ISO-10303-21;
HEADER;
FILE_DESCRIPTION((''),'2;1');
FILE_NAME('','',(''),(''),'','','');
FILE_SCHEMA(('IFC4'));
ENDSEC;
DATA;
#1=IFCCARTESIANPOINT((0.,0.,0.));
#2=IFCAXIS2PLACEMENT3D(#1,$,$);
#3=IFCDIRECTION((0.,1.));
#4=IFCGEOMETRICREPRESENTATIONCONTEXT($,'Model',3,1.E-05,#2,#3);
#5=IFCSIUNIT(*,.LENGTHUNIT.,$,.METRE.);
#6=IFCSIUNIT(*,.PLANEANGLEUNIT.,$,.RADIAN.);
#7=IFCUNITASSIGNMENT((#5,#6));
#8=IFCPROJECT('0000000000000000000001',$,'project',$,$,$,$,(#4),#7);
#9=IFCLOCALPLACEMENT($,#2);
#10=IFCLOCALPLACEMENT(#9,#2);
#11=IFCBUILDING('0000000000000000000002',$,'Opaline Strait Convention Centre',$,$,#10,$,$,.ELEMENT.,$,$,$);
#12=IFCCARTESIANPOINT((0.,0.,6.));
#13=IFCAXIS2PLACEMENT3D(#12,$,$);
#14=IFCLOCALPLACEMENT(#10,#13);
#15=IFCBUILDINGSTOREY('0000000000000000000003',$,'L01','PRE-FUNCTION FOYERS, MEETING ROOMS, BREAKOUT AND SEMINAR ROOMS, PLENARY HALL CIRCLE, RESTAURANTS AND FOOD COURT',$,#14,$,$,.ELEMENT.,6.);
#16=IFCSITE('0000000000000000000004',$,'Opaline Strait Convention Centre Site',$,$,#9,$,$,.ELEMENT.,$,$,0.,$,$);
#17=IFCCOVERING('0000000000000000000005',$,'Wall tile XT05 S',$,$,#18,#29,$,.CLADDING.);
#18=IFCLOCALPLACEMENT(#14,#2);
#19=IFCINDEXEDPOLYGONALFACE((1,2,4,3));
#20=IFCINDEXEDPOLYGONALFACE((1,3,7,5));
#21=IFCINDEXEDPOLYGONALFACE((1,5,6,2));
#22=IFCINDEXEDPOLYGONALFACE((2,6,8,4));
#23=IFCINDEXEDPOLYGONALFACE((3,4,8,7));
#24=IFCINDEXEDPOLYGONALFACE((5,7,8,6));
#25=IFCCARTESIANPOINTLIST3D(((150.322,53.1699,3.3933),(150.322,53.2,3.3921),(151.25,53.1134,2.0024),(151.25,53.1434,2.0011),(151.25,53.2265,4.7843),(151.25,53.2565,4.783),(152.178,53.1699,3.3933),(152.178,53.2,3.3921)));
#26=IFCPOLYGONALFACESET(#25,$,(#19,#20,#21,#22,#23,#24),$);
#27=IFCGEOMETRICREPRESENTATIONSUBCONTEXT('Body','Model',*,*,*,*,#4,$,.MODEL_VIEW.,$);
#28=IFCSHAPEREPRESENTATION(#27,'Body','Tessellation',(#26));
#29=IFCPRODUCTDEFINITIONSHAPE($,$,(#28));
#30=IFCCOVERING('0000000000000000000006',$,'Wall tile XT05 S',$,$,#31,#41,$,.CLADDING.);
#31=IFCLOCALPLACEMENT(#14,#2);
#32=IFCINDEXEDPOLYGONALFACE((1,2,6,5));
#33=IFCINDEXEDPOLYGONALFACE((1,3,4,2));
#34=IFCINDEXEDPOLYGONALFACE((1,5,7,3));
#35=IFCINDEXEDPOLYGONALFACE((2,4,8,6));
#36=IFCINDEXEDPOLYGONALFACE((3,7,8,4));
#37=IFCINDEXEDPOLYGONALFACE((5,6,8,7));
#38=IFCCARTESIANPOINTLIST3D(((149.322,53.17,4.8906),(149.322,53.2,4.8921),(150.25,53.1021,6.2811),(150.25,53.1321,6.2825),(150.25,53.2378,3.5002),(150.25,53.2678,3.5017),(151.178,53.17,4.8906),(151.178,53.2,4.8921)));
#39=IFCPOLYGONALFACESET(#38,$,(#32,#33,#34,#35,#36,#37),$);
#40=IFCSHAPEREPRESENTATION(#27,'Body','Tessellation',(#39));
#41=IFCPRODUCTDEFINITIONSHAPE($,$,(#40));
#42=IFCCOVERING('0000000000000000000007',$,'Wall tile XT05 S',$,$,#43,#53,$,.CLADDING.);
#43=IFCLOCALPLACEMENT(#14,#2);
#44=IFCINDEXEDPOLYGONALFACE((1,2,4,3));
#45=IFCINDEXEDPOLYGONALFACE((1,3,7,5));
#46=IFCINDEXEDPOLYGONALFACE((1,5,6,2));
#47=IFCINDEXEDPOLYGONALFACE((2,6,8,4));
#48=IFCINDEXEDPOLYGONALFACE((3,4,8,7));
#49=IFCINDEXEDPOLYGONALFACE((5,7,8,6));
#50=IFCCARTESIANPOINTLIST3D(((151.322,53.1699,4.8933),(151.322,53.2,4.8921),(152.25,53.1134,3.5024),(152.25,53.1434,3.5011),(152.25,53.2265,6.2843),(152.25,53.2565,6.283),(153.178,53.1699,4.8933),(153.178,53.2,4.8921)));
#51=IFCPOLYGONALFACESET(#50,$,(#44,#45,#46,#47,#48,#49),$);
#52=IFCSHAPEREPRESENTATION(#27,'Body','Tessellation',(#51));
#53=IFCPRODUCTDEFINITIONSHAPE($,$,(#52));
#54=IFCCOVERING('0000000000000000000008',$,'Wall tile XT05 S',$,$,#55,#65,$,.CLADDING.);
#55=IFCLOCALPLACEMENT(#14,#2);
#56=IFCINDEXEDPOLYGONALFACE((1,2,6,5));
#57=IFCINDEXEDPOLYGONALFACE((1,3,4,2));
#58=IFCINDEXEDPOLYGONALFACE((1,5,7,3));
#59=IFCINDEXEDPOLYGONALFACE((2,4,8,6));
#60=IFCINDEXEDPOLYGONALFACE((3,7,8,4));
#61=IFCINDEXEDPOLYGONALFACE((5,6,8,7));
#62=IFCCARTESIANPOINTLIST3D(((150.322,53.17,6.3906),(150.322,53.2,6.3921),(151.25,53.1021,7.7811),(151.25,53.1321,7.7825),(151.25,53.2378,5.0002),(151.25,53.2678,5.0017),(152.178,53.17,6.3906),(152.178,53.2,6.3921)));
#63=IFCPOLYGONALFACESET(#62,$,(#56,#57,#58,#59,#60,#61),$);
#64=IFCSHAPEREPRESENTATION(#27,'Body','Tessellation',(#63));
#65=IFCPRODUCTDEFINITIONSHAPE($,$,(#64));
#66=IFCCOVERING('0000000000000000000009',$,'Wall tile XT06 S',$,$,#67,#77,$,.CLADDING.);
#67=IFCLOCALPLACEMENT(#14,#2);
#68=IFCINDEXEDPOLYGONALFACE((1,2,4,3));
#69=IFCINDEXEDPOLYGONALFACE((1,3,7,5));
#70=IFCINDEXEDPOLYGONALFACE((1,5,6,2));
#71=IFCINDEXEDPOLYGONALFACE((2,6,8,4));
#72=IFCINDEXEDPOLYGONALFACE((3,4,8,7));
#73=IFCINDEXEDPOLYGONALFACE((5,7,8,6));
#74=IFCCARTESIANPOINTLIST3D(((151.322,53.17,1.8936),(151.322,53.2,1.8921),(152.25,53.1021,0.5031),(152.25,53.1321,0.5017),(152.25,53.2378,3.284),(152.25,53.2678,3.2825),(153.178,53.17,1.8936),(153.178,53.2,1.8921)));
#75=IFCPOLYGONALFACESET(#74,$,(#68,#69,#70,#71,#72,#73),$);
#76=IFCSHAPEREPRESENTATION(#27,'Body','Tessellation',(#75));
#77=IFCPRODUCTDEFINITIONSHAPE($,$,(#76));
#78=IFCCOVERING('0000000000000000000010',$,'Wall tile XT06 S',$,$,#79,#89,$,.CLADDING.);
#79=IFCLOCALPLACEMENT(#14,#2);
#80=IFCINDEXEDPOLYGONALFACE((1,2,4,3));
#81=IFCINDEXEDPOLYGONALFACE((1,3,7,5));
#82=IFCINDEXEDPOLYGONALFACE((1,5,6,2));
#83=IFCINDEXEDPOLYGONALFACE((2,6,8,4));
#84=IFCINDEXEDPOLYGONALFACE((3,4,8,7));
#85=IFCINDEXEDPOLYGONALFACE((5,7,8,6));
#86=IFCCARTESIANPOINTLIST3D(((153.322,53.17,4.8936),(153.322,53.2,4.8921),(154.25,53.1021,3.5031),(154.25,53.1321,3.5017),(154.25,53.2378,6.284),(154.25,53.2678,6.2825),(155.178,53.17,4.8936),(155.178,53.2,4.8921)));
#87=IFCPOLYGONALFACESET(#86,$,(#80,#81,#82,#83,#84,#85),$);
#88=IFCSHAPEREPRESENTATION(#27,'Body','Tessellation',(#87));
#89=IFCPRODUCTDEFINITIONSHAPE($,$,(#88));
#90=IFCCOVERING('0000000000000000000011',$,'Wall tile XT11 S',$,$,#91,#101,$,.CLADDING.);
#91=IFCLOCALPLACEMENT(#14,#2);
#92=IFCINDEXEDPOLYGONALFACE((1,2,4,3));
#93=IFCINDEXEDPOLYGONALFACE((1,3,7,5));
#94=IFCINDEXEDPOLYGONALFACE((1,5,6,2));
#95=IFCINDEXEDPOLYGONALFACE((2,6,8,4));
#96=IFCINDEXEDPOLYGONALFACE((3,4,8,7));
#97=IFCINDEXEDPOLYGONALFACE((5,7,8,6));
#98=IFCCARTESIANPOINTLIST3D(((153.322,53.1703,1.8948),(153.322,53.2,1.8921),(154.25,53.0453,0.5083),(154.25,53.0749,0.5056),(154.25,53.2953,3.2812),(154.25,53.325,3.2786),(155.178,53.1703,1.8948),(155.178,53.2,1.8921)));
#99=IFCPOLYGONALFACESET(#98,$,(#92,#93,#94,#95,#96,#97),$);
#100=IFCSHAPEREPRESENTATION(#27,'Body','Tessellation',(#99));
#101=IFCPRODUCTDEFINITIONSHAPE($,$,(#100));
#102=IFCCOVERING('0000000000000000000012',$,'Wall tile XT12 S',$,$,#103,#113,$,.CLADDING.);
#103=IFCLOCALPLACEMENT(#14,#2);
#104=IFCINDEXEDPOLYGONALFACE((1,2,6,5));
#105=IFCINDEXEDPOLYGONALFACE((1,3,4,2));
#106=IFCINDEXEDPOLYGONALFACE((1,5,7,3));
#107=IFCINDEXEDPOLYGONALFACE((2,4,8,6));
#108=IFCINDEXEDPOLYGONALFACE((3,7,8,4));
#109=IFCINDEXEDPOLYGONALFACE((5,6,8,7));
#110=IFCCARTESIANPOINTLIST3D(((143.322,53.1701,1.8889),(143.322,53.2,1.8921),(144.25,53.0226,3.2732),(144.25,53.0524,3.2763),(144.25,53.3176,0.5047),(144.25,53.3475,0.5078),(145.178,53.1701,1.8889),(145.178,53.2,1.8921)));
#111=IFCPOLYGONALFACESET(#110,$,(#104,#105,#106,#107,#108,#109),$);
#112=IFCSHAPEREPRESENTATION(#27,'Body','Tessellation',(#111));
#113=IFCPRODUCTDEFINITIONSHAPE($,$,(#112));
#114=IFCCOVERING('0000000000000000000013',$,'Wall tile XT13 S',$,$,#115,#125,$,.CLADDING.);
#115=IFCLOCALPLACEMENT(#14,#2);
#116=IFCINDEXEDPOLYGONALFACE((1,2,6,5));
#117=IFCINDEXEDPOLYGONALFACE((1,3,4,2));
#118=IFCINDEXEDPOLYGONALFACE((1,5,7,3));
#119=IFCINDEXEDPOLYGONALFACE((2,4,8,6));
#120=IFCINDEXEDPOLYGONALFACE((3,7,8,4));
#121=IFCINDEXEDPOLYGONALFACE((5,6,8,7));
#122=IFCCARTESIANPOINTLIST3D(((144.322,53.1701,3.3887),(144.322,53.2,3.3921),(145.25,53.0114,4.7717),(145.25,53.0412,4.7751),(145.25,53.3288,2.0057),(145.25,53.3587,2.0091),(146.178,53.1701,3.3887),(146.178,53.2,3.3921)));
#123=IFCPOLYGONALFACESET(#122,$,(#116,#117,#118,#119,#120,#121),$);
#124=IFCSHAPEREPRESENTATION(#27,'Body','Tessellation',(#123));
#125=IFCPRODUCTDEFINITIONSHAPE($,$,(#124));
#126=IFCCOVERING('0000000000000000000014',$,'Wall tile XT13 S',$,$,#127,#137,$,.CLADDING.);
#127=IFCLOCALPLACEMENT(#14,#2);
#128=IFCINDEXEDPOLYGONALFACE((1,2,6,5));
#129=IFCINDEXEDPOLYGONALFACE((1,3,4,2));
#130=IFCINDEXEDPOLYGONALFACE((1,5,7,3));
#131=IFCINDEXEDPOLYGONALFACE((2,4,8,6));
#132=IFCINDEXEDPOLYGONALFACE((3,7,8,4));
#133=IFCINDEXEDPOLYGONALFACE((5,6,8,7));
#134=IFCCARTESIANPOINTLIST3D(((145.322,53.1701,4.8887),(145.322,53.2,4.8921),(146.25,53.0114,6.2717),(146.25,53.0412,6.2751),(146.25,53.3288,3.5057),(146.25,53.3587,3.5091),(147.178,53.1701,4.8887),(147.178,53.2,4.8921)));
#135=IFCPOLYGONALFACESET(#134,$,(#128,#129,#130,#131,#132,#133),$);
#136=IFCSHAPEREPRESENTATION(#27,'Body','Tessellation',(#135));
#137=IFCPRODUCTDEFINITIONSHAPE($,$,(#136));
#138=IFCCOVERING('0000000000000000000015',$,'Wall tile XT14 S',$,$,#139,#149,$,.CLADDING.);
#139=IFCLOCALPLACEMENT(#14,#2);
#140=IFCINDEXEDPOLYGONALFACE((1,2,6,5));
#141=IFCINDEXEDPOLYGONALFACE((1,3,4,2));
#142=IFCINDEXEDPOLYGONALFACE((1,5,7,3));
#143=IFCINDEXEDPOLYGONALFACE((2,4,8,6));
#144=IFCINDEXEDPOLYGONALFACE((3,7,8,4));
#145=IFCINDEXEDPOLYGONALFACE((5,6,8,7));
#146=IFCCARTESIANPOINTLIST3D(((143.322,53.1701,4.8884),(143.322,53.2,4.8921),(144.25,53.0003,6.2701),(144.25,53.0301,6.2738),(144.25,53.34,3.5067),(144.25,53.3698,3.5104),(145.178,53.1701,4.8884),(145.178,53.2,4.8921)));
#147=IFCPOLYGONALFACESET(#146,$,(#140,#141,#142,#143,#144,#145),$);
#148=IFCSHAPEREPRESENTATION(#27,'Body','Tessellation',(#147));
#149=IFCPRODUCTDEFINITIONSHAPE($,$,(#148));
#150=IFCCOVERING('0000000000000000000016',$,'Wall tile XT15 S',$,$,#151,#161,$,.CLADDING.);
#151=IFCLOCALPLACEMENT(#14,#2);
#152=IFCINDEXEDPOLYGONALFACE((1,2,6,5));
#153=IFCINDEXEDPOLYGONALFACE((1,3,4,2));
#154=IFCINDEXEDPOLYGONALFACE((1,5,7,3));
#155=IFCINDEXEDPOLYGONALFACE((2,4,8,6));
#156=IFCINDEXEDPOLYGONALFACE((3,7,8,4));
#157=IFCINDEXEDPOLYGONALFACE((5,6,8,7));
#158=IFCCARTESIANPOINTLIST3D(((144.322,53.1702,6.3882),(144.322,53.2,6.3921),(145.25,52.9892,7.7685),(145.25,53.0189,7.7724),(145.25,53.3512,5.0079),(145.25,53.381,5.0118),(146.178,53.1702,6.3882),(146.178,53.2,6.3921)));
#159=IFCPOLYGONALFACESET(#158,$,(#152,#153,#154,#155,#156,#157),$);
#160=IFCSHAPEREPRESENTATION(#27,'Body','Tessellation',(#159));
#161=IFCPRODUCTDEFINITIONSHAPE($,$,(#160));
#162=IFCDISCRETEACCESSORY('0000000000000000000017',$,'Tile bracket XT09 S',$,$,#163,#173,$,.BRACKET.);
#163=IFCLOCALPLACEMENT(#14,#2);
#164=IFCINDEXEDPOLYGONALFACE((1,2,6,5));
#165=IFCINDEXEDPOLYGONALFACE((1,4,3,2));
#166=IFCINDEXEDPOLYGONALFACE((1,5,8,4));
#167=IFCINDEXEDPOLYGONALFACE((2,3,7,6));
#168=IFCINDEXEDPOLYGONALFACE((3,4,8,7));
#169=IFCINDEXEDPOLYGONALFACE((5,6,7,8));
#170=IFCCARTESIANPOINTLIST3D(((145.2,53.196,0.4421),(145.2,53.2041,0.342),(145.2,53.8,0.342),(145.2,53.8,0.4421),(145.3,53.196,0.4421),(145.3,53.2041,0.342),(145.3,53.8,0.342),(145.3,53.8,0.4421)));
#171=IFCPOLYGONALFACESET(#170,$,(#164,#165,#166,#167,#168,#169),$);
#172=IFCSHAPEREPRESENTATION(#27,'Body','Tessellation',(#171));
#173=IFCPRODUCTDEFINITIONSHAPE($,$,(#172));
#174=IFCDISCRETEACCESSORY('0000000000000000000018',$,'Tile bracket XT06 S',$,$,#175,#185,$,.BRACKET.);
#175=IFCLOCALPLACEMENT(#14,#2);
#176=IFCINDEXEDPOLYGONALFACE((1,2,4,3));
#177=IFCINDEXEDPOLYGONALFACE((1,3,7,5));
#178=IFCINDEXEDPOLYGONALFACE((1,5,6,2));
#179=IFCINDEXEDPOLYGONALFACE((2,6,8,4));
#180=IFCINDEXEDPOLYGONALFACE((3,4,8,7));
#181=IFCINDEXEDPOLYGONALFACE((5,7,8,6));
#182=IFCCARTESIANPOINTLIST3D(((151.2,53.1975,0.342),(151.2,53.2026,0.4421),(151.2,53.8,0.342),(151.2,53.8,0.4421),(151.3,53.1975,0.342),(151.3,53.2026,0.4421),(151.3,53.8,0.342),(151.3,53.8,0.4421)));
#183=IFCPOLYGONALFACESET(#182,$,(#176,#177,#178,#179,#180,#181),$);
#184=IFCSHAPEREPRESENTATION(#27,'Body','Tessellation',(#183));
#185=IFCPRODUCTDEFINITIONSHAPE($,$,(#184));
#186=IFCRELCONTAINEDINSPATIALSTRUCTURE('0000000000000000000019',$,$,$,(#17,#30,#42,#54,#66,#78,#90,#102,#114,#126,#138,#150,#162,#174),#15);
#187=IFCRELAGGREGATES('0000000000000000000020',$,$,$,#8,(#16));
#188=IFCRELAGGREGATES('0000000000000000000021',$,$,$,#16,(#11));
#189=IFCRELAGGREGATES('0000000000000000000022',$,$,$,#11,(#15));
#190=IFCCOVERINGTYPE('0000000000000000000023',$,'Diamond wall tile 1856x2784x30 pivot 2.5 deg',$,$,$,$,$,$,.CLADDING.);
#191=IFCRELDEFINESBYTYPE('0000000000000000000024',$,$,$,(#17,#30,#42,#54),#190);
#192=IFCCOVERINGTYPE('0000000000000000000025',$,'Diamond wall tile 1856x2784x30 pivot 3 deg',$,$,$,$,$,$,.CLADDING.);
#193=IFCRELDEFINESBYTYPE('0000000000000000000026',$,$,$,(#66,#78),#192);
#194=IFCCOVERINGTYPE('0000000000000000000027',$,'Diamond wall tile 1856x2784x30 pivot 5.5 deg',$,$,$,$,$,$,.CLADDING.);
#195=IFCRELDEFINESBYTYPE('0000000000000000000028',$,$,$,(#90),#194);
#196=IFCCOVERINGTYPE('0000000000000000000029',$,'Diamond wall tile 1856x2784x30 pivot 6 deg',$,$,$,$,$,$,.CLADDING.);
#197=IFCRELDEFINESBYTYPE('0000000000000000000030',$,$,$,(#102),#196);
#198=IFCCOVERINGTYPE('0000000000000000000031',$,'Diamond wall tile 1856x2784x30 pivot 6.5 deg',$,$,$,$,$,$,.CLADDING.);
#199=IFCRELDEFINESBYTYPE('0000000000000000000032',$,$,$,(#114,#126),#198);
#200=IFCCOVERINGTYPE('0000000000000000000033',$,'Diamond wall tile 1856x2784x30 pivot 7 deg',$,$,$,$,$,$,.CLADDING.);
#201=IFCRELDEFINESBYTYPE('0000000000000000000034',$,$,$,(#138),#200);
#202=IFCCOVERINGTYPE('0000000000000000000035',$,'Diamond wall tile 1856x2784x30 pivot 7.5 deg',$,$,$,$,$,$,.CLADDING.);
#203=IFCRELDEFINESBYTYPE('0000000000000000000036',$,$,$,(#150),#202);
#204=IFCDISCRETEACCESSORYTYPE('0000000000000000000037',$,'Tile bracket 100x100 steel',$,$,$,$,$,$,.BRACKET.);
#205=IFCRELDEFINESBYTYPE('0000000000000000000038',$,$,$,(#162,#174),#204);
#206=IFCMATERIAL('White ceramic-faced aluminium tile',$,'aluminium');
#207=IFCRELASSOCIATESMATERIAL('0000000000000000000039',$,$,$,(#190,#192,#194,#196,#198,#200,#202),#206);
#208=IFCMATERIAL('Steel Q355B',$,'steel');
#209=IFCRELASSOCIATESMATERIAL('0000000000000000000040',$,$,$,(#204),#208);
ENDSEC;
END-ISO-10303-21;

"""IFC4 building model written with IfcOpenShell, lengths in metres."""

from ifc_helpers import new_model, si_unit, direction, frame, origin, place, context, subcontext, project, spatial, polyline, outline, extrude, material, material_profile, profile_set, type_object, element, save


model = new_model("IFC4")

# Units and contexts
model_context = context("Model", 3, precision=1e-05, world=origin(), true_north=direction((0.0, 1.0)))
body_context = subcontext(model_context, "Body", "Model", "MODEL_VIEW")
ifc_project = project(units=[si_unit("LENGTHUNIT", "METRE"), si_unit("PLANEANGLEUNIT", "RADIAN")], contexts=[model_context])

# Site, building, storey
site_placement = place(None, origin())
site = spatial("IfcSite", under=ifc_project, at=site_placement, Name="Opaline Strait Convention Centre Site", CompositionType="ELEMENT", RefElevation=0.0)
building_placement = place(site_placement, origin())
building = spatial("IfcBuilding", under=site, at=building_placement, Name="Opaline Strait Convention Centre", CompositionType="ELEMENT")
storey_placement = place(building_placement, frame((0.0, 0.0, 6.0)))
storey = spatial("IfcBuildingStorey", under=building, at=storey_placement, Name="L01", Description="PRE-FUNCTION FOYERS, MEETING ROOMS, BREAKOUT AND SEMINAR ROOMS, PLENARY HALL CIRCLE, RESTAURANTS AND FOOD COURT", CompositionType="ELEMENT", Elevation=6.0)

# Coverings
ifc_material_1 = material(Name="White ceramic-faced aluminium tile", Category="aluminium")
ifc_material_profile_1 = material_profile(ifc_material_1, outline(polyline([(0.928, 0.0), (0.0, 1.3921), (-0.928, 0.0), (0.0, -1.3921), (0.928, 0.0)])), Name="Diamond tile 1856x2784")
ifc_profile_set_1 = profile_set([ifc_material_profile_1], Name="White ceramic-faced aluminium tile")
covering_type_1 = type_object("IfcCoveringType", Name="Diamond wall tile 1856x2784x30 pivot 2.5 deg", PredefinedType="CLADDING", material=ifc_profile_set_1)
for number, where, z_axis, x_axis, name in (
    (1, (151.25, 53.2, 3.3921), (0.0, -0.999175, 0.040617), (1.0, 0.0, 0.0), "Wall tile XT05 S"),
    (2, (150.25, 53.2, 4.8921), (0.0, -0.998812, -0.048723), (1.0, 0.0, 0.0), "Wall tile XT05 S"),
    (3, (152.25, 53.2, 4.8921), (0.0, -0.999175, 0.040617), (1.0, 0.0, 0.0), "Wall tile XT05 S"),
    (4, (151.25, 53.2, 6.3921), (0.0, -0.998812, -0.048723), (1.0, 0.0, 0.0), "Wall tile XT05 S"),
):
    element("IfcCovering", number, at=place(storey_placement, frame(where, z_axis=z_axis, x_axis=x_axis)), inside=storey, type_object=covering_type_1, Name=name, PredefinedType="CLADDING", context=body_context, shape_type="SweptSolid", body=[
        extrude(outline(polyline([(0.928, 0.0), (0.0, 1.3921), (-0.928, 0.0), (0.0, -1.3921), (0.928, 0.0)])), origin(), (0.0, 0.0, 1.0), 0.03),
    ])
ifc_material_profile_2 = material_profile(ifc_material_1, outline(polyline([(0.928, 0.0), (0.0, 1.3921), (-0.928, 0.0), (0.0, -1.3921), (0.928, 0.0)])), Name="Diamond tile 1856x2784")
ifc_profile_set_2 = profile_set([ifc_material_profile_2], Name="White ceramic-faced aluminium tile")
covering_type_2 = type_object("IfcCoveringType", Name="Diamond wall tile 1856x2784x30 pivot 3 deg", PredefinedType="CLADDING", material=ifc_profile_set_2)
for number, where, z_axis, x_axis, name in (
    (5, (152.25, 53.2, 1.8921), (0.0, -0.998812, 0.048723), (1.0, 0.0, 0.0), "Wall tile XT06 S"),
    (6, (154.25, 53.2, 4.8921), (0.0, -0.998812, 0.048723), (1.0, 0.0, 0.0), "Wall tile XT06 S"),
):
    element("IfcCovering", number, at=place(storey_placement, frame(where, z_axis=z_axis, x_axis=x_axis)), inside=storey, type_object=covering_type_2, Name=name, PredefinedType="CLADDING", context=body_context, shape_type="SweptSolid", body=[
        extrude(outline(polyline([(0.928, 0.0), (0.0, 1.3921), (-0.928, 0.0), (0.0, -1.3921), (0.928, 0.0)])), origin(), (0.0, 0.0, 1.0), 0.03),
    ])
ifc_material_profile_3 = material_profile(ifc_material_1, outline(polyline([(0.928, 0.0), (0.0, 1.3921), (-0.928, 0.0), (0.0, -1.3921), (0.928, 0.0)])), Name="Diamond tile 1856x2784")
ifc_profile_set_3 = profile_set([ifc_material_profile_3], Name="White ceramic-faced aluminium tile")
covering_type_3 = type_object("IfcCoveringType", Name="Diamond wall tile 1856x2784x30 pivot 5.5 deg", PredefinedType="CLADDING", material=ifc_profile_set_3)
covering_1_placement = place(storey_placement, frame((154.25, 53.2, 1.8921), z_axis=(0.0, -0.99596, 0.0898), x_axis=(1.0, 0.0, 0.0)))
element("IfcCovering", 7, at=covering_1_placement, inside=storey, type_object=covering_type_3, Name="Wall tile XT11 S", PredefinedType="CLADDING", context=body_context, shape_type="SweptSolid", body=[
    extrude(outline(polyline([(0.928, 0.0), (0.0, 1.3921), (-0.928, 0.0), (0.0, -1.3921), (0.928, 0.0)])), origin(), (0.0, 0.0, 1.0), 0.0298),
])
ifc_material_profile_4 = material_profile(ifc_material_1, outline(polyline([(0.928, 0.0), (0.0, 1.3921), (-0.928, 0.0), (0.0, -1.3921), (0.928, 0.0)])), Name="Diamond tile 1856x2784")
ifc_profile_set_4 = profile_set([ifc_material_profile_4], Name="White ceramic-faced aluminium tile")
covering_type_4 = type_object("IfcCoveringType", Name="Diamond wall tile 1856x2784x30 pivot 6 deg", PredefinedType="CLADDING", material=ifc_profile_set_4)
covering_2_placement = place(storey_placement, frame((144.25, 53.2, 1.8921), z_axis=(0.0, -0.994371, -0.105958), x_axis=(1.0, 0.0, 0.0)))
element("IfcCovering", 8, at=covering_2_placement, inside=storey, type_object=covering_type_4, Name="Wall tile XT12 S", PredefinedType="CLADDING", context=body_context, shape_type="SweptSolid", body=[
    extrude(outline(polyline([(0.928, 0.0), (0.0, 1.3921), (-0.928, 0.0), (0.0, -1.3921), (0.928, 0.0)])), origin(), (0.0, 0.0, 1.0), 0.03),
])
ifc_material_profile_5 = material_profile(ifc_material_1, outline(polyline([(0.928, 0.0), (0.0, 1.3921), (-0.928, 0.0), (0.0, -1.3921), (0.928, 0.0)])), Name="Diamond tile 1856x2784")
ifc_profile_set_5 = profile_set([ifc_material_profile_5], Name="White ceramic-faced aluminium tile")
covering_type_5 = type_object("IfcCoveringType", Name="Diamond wall tile 1856x2784x30 pivot 6.5 deg", PredefinedType="CLADDING", material=ifc_profile_set_5)
for number, where, z_axis, x_axis, name in (
    (9, (145.25, 53.2, 3.3921), (0.0, -0.99348, -0.114006), (1.0, 0.0, 0.0), "Wall tile XT13 S"),
    (10, (146.25, 53.2, 4.8921), (0.0, -0.99348, -0.114006), (1.0, 0.0, 0.0), "Wall tile XT13 S"),
):
    element("IfcCovering", number, at=place(storey_placement, frame(where, z_axis=z_axis, x_axis=x_axis)), inside=storey, type_object=covering_type_5, Name=name, PredefinedType="CLADDING", context=body_context, shape_type="SweptSolid", body=[
        extrude(outline(polyline([(0.928, 0.0), (0.0, 1.3921), (-0.928, 0.0), (0.0, -1.3921), (0.928, 0.0)])), origin(), (0.0, 0.0, 1.0), 0.03),
    ])
ifc_material_profile_6 = material_profile(ifc_material_1, outline(polyline([(0.928, 0.0), (0.0, 1.3921), (-0.928, 0.0), (0.0, -1.3921), (0.928, 0.0)])), Name="Diamond tile 1856x2784")
ifc_profile_set_6 = profile_set([ifc_material_profile_6], Name="White ceramic-faced aluminium tile")
covering_type_6 = type_object("IfcCoveringType", Name="Diamond wall tile 1856x2784x30 pivot 7 deg", PredefinedType="CLADDING", material=ifc_profile_set_6)
covering_3_placement = place(storey_placement, frame((144.25, 53.2, 4.8921), z_axis=(0.0, -0.992526, -0.122032), x_axis=(1.0, 0.0, 0.0)))
element("IfcCovering", 11, at=covering_3_placement, inside=storey, type_object=covering_type_6, Name="Wall tile XT14 S", PredefinedType="CLADDING", context=body_context, shape_type="SweptSolid", body=[
    extrude(outline(polyline([(0.928, 0.0), (0.0, 1.3921), (-0.928, 0.0), (0.0, -1.3921), (0.928, 0.0)])), origin(), (0.0, 0.0, 1.0), 0.03),
])
ifc_material_profile_7 = material_profile(ifc_material_1, outline(polyline([(0.928, 0.0), (0.0, 1.3921), (-0.928, 0.0), (0.0, -1.3921), (0.928, 0.0)])), Name="Diamond tile 1856x2784")
ifc_profile_set_7 = profile_set([ifc_material_profile_7], Name="White ceramic-faced aluminium tile")
covering_type_7 = type_object("IfcCoveringType", Name="Diamond wall tile 1856x2784x30 pivot 7.5 deg", PredefinedType="CLADDING", material=ifc_profile_set_7)
covering_4_placement = place(storey_placement, frame((145.25, 53.2, 6.3921), z_axis=(0.0, -0.99151, -0.130034), x_axis=(1.0, 0.0, 0.0)))
element("IfcCovering", 12, at=covering_4_placement, inside=storey, type_object=covering_type_7, Name="Wall tile XT15 S", PredefinedType="CLADDING", context=body_context, shape_type="SweptSolid", body=[
    extrude(outline(polyline([(0.928, 0.0), (0.0, 1.3921), (-0.928, 0.0), (0.0, -1.3921), (0.928, 0.0)])), origin(), (0.0, 0.0, 1.0), 0.03),
])

# Discrete accessories
ifc_material_2 = material(Name="Steel Q355B", Category="steel")
discrete_accessory_type = type_object("IfcDiscreteAccessoryType", Name="Tile bracket 100x100 steel", PredefinedType="BRACKET", material=ifc_material_2)
discrete_accessory_1_placement = place(storey_placement, frame((145.2, 53.8, 0.3921), z_axis=(1.0, 0.0, 0.0), x_axis=(0.0, 1.0, 0.0)))
element("IfcDiscreteAccessory", 13, at=discrete_accessory_1_placement, inside=storey, type_object=discrete_accessory_type, Name="Tile bracket XT09 S", PredefinedType="BRACKET", context=body_context, shape_type="SweptSolid", body=[
    extrude(outline(polyline([(0.0, -0.05), (0.0, 0.05), (-0.604, 0.05), (-0.5959, -0.05), (0.0, -0.05)])), origin(), (0.0, 0.0, 1.0), 0.1001),
])
discrete_accessory_2_placement = place(storey_placement, frame((151.2, 53.8, 0.3921), z_axis=(1.0, 0.0, 0.0), x_axis=(0.0, 1.0, 0.0)))
element("IfcDiscreteAccessory", 14, at=discrete_accessory_2_placement, inside=storey, type_object=discrete_accessory_type, Name="Tile bracket XT06 S", PredefinedType="BRACKET", context=body_context, shape_type="SweptSolid", body=[
    extrude(outline(polyline([(0.0, -0.05), (0.0, 0.05), (-0.5974, 0.05), (-0.6025, -0.05), (0.0, -0.05)])), origin(), (0.0, 0.0, 1.0), 0.1001),
])

save(model, "model.ifc")
